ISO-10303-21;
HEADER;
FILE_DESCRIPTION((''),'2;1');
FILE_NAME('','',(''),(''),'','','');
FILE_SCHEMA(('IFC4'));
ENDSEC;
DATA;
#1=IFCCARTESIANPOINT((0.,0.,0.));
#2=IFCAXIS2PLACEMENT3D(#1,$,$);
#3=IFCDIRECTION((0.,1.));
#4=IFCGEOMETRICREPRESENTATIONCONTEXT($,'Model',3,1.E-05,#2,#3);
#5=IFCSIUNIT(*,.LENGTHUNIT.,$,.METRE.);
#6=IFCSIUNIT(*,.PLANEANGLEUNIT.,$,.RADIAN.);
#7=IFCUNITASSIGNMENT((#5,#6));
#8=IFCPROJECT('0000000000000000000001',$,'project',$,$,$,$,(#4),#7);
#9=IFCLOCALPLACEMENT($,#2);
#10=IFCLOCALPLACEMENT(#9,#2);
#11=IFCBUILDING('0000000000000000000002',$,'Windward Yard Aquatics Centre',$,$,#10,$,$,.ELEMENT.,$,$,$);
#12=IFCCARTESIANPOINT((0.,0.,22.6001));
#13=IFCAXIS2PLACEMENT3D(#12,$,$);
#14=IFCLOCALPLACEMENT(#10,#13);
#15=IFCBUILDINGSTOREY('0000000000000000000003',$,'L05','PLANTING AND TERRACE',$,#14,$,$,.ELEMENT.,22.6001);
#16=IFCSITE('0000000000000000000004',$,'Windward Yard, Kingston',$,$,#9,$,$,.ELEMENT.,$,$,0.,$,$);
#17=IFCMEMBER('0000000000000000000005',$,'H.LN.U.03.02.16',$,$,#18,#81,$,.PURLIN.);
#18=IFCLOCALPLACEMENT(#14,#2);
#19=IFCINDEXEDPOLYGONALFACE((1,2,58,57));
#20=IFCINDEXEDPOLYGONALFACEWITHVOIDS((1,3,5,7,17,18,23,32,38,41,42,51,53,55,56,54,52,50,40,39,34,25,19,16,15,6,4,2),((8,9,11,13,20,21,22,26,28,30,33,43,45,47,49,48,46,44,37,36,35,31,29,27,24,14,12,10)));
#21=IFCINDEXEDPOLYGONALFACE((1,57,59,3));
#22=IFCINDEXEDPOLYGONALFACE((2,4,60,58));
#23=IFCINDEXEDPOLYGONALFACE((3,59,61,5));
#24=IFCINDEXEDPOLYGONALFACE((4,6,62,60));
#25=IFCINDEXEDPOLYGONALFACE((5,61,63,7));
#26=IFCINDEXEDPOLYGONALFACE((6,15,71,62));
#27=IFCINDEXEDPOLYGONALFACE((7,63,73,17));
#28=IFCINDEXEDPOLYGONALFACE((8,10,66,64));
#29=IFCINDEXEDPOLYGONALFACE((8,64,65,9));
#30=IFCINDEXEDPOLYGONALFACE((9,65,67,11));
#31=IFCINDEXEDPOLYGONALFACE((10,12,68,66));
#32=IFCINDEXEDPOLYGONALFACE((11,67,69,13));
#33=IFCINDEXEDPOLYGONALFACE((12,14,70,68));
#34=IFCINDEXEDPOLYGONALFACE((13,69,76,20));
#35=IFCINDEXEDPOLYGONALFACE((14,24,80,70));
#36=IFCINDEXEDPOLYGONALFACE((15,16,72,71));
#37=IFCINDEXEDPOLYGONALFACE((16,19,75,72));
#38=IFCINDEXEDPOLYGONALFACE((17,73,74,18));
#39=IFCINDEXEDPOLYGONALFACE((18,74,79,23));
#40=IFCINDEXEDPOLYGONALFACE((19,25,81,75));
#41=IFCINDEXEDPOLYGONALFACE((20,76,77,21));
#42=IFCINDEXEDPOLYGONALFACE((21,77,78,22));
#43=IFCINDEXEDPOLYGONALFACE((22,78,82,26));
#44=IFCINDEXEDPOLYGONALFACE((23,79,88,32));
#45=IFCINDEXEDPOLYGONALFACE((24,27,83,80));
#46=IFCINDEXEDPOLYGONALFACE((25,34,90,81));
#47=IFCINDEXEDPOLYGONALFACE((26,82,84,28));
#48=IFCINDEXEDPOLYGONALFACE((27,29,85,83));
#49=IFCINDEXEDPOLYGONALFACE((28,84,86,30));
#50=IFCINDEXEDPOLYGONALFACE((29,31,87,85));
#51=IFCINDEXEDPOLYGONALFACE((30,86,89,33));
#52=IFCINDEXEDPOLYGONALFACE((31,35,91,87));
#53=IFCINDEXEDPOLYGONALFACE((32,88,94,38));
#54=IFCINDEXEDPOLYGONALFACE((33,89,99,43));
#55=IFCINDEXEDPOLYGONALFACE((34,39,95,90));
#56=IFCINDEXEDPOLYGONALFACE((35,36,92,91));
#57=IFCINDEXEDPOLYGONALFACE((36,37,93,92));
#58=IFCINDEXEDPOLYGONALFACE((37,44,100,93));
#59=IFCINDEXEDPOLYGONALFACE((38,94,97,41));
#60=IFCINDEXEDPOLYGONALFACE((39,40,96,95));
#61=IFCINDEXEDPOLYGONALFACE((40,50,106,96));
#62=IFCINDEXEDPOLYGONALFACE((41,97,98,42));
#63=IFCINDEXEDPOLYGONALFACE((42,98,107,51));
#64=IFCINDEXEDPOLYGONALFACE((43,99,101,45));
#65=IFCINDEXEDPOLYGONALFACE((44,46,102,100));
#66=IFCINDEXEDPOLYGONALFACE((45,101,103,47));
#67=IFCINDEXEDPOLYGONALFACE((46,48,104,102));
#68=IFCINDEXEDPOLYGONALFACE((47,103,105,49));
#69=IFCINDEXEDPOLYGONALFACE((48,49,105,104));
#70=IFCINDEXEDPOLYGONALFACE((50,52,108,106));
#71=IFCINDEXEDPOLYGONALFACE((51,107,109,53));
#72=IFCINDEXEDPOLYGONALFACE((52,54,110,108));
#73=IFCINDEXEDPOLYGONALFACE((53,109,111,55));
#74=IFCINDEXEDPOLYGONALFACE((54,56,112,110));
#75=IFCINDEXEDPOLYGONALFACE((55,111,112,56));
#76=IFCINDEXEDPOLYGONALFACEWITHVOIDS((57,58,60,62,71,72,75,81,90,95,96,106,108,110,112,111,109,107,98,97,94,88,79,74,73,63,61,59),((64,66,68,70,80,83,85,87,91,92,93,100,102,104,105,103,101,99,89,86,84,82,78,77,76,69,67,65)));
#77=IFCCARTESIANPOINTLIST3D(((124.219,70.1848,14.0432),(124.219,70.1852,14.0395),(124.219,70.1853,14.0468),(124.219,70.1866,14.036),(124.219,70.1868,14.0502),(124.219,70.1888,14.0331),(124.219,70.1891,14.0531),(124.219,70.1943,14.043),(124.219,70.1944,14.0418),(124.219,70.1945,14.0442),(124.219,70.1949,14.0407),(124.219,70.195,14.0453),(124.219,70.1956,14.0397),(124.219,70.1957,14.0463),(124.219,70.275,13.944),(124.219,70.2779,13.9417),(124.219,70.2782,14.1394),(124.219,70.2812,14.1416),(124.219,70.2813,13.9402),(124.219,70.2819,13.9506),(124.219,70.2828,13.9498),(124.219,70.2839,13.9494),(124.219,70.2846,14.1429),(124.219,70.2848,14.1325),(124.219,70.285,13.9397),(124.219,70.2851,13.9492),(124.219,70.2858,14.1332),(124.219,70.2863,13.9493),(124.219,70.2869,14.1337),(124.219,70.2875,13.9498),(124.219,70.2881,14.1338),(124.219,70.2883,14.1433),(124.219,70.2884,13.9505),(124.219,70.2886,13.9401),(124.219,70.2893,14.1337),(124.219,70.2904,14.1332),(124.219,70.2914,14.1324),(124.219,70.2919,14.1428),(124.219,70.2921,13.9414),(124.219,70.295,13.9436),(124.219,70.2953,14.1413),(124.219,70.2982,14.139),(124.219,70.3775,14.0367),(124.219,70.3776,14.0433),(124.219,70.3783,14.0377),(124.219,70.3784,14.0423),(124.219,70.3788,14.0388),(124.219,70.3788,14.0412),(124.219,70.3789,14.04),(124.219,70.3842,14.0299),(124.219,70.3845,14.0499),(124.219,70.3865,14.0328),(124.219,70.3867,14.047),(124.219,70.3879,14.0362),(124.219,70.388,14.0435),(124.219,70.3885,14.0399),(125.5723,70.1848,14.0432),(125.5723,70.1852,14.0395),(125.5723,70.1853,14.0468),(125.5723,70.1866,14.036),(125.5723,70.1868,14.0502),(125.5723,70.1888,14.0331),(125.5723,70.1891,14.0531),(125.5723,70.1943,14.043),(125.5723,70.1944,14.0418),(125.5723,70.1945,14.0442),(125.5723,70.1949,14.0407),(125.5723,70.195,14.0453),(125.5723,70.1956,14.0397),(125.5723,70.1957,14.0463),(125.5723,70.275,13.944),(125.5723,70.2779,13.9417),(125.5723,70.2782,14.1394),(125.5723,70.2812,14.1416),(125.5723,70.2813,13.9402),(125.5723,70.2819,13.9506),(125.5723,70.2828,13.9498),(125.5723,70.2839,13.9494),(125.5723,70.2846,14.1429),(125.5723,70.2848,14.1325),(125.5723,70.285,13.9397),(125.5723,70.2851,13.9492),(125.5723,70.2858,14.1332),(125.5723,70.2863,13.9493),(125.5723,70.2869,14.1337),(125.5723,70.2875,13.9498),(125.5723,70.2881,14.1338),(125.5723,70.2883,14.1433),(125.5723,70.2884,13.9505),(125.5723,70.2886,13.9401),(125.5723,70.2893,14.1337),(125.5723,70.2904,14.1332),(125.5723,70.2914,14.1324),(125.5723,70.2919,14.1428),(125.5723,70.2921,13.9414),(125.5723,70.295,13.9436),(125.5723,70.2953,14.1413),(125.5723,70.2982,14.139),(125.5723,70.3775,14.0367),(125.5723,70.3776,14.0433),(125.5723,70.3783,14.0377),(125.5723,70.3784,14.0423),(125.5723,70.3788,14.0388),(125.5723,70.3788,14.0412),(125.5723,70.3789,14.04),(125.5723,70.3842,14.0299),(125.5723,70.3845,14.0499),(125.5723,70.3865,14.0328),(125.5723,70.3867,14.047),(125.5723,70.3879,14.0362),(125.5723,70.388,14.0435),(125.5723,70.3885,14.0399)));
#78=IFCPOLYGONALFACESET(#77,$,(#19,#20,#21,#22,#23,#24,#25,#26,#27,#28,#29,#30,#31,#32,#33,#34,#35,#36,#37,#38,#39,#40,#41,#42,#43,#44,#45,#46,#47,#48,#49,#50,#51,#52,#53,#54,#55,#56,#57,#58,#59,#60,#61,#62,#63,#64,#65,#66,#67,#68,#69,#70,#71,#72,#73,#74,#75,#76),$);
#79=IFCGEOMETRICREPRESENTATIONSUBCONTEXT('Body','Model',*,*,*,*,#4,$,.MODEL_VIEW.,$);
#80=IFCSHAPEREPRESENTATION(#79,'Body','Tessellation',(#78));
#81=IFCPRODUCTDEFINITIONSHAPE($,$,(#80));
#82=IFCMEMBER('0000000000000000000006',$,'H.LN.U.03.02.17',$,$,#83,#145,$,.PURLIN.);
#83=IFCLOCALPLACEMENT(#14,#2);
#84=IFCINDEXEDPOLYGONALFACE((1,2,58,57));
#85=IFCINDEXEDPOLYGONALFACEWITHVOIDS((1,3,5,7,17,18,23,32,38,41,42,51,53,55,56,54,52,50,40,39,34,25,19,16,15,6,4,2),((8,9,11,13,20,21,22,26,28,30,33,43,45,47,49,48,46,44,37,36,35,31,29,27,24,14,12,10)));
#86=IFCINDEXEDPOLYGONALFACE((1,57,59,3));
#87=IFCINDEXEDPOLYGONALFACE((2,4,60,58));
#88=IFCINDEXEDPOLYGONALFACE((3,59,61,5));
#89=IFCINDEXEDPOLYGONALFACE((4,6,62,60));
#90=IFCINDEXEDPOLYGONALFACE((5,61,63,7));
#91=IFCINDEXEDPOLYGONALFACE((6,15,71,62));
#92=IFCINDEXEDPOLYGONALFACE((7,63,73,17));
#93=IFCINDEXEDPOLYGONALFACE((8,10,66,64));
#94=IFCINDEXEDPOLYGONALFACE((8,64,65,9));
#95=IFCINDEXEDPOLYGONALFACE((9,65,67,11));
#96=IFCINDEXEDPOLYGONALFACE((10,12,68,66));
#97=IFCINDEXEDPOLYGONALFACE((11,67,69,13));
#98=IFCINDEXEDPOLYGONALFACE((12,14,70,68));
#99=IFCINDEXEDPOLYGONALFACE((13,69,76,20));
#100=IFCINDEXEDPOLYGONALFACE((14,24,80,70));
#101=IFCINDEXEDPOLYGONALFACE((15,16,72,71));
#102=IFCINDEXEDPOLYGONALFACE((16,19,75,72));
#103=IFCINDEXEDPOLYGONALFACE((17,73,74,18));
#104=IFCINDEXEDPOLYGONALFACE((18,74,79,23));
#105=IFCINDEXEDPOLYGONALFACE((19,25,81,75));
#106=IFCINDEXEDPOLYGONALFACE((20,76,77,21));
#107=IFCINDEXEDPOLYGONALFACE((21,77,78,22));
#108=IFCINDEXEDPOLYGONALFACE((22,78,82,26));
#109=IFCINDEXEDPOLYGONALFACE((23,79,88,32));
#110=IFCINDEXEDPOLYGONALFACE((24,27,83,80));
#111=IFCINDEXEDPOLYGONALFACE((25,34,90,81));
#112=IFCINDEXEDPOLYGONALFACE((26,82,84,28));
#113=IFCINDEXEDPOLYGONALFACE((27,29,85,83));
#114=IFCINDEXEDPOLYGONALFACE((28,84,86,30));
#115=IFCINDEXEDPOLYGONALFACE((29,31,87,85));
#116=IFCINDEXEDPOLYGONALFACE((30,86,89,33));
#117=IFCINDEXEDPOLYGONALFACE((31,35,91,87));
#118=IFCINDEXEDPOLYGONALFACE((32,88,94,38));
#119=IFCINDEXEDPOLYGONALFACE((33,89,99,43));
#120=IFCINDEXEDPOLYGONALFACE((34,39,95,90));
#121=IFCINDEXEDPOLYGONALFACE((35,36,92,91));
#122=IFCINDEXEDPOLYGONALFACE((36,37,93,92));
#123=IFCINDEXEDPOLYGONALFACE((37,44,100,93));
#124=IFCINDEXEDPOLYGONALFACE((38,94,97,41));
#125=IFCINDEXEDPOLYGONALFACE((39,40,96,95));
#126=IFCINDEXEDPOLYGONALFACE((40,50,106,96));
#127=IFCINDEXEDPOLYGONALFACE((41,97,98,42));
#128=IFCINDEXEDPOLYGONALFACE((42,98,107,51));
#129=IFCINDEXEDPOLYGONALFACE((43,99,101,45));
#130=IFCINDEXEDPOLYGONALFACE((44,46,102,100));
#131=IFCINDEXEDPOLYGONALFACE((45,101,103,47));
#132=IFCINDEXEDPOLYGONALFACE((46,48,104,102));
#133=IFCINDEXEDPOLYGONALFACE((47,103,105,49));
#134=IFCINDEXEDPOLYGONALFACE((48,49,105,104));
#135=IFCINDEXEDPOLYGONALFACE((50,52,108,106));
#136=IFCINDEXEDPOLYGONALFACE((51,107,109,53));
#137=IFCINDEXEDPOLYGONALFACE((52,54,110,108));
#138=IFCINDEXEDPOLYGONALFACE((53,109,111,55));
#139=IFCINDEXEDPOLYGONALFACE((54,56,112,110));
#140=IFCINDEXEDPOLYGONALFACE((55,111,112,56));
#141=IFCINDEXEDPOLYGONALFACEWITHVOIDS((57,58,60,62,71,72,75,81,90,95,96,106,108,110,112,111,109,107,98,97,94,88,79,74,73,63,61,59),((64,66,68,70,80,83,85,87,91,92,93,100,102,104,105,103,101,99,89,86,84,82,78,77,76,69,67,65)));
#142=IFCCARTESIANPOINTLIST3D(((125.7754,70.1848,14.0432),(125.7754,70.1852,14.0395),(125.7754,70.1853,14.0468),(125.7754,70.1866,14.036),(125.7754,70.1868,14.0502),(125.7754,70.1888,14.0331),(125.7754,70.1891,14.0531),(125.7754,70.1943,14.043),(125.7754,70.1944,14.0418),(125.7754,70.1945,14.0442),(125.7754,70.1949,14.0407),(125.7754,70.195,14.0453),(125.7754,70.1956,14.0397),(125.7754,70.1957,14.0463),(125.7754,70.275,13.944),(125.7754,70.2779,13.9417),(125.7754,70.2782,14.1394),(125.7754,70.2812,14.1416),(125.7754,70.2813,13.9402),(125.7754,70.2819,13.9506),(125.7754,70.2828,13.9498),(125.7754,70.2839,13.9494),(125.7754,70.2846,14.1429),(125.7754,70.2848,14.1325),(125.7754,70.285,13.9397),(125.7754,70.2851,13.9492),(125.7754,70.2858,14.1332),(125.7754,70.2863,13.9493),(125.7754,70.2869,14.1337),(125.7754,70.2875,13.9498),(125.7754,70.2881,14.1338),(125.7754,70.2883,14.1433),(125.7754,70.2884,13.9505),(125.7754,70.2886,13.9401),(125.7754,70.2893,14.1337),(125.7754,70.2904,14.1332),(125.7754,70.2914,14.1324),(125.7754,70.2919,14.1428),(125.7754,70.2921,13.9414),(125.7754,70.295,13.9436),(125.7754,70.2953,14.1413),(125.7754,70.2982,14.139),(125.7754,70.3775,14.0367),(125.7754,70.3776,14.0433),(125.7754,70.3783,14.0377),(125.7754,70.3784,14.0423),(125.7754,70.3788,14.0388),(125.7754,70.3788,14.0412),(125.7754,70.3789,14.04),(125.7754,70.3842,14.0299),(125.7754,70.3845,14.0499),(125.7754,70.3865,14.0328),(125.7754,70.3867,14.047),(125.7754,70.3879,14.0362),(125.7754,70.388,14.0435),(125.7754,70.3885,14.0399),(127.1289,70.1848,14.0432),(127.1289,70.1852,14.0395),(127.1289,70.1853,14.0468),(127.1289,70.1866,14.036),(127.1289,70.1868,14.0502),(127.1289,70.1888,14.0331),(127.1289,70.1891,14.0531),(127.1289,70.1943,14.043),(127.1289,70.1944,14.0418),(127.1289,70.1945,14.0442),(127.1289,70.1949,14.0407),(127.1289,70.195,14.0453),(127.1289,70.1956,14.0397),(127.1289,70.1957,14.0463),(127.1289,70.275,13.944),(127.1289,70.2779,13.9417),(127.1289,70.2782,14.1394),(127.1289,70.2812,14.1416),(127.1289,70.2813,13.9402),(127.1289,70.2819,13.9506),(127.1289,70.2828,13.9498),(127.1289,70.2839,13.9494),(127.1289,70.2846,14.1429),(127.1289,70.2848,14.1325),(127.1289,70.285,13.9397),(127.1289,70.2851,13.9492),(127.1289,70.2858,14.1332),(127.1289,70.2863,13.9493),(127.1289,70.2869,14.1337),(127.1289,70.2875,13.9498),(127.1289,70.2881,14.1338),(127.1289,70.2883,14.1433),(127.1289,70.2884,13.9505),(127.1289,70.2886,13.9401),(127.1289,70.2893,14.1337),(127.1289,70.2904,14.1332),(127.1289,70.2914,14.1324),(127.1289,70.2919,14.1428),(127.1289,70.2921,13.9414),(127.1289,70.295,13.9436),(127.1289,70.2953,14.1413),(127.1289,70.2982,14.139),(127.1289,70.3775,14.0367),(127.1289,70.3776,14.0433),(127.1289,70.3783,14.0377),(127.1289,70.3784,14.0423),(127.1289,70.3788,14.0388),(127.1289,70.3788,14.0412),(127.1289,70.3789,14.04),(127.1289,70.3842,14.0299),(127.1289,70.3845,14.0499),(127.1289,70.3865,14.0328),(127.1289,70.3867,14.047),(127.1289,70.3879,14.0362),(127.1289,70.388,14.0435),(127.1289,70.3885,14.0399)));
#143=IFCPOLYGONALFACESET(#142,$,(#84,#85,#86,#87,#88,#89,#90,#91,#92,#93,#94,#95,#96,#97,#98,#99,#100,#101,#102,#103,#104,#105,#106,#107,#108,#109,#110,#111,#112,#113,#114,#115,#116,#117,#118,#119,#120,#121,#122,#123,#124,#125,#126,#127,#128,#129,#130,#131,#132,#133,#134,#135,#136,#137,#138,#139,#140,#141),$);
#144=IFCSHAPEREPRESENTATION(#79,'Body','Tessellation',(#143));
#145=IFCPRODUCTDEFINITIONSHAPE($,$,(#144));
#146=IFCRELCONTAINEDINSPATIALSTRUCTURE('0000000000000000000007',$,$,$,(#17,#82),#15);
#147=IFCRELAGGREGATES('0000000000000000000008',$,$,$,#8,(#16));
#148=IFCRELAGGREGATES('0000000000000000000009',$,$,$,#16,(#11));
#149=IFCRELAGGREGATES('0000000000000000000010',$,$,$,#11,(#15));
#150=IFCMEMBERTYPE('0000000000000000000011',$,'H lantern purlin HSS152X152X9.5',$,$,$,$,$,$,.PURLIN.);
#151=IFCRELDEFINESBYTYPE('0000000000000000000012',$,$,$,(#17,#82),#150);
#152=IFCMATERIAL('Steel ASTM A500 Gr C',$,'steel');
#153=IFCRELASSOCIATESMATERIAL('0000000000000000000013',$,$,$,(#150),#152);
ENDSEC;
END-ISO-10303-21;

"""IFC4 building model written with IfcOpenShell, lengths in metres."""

from ifc_helpers import new_model, si_unit, direction, frame, origin, origin_2d, place, context, subcontext, project, spatial, hollow_rectangle, extrude, material, material_profile, profile_set, type_object, element, save


model = new_model("IFC4")

# Units and contexts
model_context = context("Model", 3, precision=1e-05, world=origin(), true_north=direction((0.0, 1.0)))
body_context = subcontext(model_context, "Body", "Model", "MODEL_VIEW")
ifc_project = project(units=[si_unit("LENGTHUNIT", "METRE"), si_unit("PLANEANGLEUNIT", "RADIAN")], contexts=[model_context])

# Site, building, storey
site_placement = place(None, origin())
site = spatial("IfcSite", under=ifc_project, at=site_placement, Name="Windward Yard, Kingston", CompositionType="ELEMENT", RefElevation=0.0)
building_placement = place(site_placement, origin())
building = spatial("IfcBuilding", under=site, at=building_placement, Name="Windward Yard Aquatics Centre", CompositionType="ELEMENT")
storey_placement = place(building_placement, frame((0.0, 0.0, 22.6001)))
storey = spatial("IfcBuildingStorey", under=building, at=storey_placement, Name="L05", Description="PLANTING AND TERRACE", CompositionType="ELEMENT", Elevation=22.6001)

# Members
ifc_material_1 = material(Name="Steel ASTM A500 Gr C", Category="steel")
ifc_material_profile = material_profile(ifc_material_1, hollow_rectangle(XDim=0.1523, YDim=0.1523, WallThickness=0.0095, InnerFilletRadius=0.0046, OuterFilletRadius=0.0142, at=origin_2d()), Name="HSS152X152X9.5")
ifc_profile_set = profile_set([ifc_material_profile], Name="Steel ASTM A500 Gr C")
member_type = type_object("IfcMemberType", Name="H lantern purlin HSS152X152X9.5", PredefinedType="PURLIN", material=ifc_profile_set)
for number, where, z_axis, x_axis, name in (
    (1, (124.219, 70.2866, 14.0415), (1.0, 0.0, 0.0), (0.0, 0.69555, -0.718477), "H.LN.U.03.02.16"),
):
    element("IfcMember", number, at=place(storey_placement, frame(where, z_axis=z_axis, x_axis=x_axis)), inside=storey, type_object=member_type, Name=name, PredefinedType="PURLIN", context=body_context, shape_type="SweptSolid", body=[
        extrude(hollow_rectangle(XDim=0.1523, YDim=0.1523, WallThickness=0.0095, InnerFilletRadius=0.0046, OuterFilletRadius=0.0142, at=origin_2d()), origin(), (0.0, 0.0, 1.0), 1.3533),
    ])
member_1_placement = place(storey_placement, frame((125.7754, 70.2866, 14.0415), z_axis=(1.0, 0.0, 0.0), x_axis=(0.0, 0.69555, -0.718477)))
element("IfcMember", 2, at=member_1_placement, inside=storey, type_object=member_type, Name="H.LN.U.03.02.17", PredefinedType="PURLIN", context=body_context, shape_type="SweptSolid", body=[
    extrude(hollow_rectangle(XDim=0.1523, YDim=0.1523, WallThickness=0.0095, InnerFilletRadius=0.0046, OuterFilletRadius=0.0142, at=origin_2d()), origin(), (0.0, 0.0, 1.0), 1.3535),
])

save(model, "model.ifc")
